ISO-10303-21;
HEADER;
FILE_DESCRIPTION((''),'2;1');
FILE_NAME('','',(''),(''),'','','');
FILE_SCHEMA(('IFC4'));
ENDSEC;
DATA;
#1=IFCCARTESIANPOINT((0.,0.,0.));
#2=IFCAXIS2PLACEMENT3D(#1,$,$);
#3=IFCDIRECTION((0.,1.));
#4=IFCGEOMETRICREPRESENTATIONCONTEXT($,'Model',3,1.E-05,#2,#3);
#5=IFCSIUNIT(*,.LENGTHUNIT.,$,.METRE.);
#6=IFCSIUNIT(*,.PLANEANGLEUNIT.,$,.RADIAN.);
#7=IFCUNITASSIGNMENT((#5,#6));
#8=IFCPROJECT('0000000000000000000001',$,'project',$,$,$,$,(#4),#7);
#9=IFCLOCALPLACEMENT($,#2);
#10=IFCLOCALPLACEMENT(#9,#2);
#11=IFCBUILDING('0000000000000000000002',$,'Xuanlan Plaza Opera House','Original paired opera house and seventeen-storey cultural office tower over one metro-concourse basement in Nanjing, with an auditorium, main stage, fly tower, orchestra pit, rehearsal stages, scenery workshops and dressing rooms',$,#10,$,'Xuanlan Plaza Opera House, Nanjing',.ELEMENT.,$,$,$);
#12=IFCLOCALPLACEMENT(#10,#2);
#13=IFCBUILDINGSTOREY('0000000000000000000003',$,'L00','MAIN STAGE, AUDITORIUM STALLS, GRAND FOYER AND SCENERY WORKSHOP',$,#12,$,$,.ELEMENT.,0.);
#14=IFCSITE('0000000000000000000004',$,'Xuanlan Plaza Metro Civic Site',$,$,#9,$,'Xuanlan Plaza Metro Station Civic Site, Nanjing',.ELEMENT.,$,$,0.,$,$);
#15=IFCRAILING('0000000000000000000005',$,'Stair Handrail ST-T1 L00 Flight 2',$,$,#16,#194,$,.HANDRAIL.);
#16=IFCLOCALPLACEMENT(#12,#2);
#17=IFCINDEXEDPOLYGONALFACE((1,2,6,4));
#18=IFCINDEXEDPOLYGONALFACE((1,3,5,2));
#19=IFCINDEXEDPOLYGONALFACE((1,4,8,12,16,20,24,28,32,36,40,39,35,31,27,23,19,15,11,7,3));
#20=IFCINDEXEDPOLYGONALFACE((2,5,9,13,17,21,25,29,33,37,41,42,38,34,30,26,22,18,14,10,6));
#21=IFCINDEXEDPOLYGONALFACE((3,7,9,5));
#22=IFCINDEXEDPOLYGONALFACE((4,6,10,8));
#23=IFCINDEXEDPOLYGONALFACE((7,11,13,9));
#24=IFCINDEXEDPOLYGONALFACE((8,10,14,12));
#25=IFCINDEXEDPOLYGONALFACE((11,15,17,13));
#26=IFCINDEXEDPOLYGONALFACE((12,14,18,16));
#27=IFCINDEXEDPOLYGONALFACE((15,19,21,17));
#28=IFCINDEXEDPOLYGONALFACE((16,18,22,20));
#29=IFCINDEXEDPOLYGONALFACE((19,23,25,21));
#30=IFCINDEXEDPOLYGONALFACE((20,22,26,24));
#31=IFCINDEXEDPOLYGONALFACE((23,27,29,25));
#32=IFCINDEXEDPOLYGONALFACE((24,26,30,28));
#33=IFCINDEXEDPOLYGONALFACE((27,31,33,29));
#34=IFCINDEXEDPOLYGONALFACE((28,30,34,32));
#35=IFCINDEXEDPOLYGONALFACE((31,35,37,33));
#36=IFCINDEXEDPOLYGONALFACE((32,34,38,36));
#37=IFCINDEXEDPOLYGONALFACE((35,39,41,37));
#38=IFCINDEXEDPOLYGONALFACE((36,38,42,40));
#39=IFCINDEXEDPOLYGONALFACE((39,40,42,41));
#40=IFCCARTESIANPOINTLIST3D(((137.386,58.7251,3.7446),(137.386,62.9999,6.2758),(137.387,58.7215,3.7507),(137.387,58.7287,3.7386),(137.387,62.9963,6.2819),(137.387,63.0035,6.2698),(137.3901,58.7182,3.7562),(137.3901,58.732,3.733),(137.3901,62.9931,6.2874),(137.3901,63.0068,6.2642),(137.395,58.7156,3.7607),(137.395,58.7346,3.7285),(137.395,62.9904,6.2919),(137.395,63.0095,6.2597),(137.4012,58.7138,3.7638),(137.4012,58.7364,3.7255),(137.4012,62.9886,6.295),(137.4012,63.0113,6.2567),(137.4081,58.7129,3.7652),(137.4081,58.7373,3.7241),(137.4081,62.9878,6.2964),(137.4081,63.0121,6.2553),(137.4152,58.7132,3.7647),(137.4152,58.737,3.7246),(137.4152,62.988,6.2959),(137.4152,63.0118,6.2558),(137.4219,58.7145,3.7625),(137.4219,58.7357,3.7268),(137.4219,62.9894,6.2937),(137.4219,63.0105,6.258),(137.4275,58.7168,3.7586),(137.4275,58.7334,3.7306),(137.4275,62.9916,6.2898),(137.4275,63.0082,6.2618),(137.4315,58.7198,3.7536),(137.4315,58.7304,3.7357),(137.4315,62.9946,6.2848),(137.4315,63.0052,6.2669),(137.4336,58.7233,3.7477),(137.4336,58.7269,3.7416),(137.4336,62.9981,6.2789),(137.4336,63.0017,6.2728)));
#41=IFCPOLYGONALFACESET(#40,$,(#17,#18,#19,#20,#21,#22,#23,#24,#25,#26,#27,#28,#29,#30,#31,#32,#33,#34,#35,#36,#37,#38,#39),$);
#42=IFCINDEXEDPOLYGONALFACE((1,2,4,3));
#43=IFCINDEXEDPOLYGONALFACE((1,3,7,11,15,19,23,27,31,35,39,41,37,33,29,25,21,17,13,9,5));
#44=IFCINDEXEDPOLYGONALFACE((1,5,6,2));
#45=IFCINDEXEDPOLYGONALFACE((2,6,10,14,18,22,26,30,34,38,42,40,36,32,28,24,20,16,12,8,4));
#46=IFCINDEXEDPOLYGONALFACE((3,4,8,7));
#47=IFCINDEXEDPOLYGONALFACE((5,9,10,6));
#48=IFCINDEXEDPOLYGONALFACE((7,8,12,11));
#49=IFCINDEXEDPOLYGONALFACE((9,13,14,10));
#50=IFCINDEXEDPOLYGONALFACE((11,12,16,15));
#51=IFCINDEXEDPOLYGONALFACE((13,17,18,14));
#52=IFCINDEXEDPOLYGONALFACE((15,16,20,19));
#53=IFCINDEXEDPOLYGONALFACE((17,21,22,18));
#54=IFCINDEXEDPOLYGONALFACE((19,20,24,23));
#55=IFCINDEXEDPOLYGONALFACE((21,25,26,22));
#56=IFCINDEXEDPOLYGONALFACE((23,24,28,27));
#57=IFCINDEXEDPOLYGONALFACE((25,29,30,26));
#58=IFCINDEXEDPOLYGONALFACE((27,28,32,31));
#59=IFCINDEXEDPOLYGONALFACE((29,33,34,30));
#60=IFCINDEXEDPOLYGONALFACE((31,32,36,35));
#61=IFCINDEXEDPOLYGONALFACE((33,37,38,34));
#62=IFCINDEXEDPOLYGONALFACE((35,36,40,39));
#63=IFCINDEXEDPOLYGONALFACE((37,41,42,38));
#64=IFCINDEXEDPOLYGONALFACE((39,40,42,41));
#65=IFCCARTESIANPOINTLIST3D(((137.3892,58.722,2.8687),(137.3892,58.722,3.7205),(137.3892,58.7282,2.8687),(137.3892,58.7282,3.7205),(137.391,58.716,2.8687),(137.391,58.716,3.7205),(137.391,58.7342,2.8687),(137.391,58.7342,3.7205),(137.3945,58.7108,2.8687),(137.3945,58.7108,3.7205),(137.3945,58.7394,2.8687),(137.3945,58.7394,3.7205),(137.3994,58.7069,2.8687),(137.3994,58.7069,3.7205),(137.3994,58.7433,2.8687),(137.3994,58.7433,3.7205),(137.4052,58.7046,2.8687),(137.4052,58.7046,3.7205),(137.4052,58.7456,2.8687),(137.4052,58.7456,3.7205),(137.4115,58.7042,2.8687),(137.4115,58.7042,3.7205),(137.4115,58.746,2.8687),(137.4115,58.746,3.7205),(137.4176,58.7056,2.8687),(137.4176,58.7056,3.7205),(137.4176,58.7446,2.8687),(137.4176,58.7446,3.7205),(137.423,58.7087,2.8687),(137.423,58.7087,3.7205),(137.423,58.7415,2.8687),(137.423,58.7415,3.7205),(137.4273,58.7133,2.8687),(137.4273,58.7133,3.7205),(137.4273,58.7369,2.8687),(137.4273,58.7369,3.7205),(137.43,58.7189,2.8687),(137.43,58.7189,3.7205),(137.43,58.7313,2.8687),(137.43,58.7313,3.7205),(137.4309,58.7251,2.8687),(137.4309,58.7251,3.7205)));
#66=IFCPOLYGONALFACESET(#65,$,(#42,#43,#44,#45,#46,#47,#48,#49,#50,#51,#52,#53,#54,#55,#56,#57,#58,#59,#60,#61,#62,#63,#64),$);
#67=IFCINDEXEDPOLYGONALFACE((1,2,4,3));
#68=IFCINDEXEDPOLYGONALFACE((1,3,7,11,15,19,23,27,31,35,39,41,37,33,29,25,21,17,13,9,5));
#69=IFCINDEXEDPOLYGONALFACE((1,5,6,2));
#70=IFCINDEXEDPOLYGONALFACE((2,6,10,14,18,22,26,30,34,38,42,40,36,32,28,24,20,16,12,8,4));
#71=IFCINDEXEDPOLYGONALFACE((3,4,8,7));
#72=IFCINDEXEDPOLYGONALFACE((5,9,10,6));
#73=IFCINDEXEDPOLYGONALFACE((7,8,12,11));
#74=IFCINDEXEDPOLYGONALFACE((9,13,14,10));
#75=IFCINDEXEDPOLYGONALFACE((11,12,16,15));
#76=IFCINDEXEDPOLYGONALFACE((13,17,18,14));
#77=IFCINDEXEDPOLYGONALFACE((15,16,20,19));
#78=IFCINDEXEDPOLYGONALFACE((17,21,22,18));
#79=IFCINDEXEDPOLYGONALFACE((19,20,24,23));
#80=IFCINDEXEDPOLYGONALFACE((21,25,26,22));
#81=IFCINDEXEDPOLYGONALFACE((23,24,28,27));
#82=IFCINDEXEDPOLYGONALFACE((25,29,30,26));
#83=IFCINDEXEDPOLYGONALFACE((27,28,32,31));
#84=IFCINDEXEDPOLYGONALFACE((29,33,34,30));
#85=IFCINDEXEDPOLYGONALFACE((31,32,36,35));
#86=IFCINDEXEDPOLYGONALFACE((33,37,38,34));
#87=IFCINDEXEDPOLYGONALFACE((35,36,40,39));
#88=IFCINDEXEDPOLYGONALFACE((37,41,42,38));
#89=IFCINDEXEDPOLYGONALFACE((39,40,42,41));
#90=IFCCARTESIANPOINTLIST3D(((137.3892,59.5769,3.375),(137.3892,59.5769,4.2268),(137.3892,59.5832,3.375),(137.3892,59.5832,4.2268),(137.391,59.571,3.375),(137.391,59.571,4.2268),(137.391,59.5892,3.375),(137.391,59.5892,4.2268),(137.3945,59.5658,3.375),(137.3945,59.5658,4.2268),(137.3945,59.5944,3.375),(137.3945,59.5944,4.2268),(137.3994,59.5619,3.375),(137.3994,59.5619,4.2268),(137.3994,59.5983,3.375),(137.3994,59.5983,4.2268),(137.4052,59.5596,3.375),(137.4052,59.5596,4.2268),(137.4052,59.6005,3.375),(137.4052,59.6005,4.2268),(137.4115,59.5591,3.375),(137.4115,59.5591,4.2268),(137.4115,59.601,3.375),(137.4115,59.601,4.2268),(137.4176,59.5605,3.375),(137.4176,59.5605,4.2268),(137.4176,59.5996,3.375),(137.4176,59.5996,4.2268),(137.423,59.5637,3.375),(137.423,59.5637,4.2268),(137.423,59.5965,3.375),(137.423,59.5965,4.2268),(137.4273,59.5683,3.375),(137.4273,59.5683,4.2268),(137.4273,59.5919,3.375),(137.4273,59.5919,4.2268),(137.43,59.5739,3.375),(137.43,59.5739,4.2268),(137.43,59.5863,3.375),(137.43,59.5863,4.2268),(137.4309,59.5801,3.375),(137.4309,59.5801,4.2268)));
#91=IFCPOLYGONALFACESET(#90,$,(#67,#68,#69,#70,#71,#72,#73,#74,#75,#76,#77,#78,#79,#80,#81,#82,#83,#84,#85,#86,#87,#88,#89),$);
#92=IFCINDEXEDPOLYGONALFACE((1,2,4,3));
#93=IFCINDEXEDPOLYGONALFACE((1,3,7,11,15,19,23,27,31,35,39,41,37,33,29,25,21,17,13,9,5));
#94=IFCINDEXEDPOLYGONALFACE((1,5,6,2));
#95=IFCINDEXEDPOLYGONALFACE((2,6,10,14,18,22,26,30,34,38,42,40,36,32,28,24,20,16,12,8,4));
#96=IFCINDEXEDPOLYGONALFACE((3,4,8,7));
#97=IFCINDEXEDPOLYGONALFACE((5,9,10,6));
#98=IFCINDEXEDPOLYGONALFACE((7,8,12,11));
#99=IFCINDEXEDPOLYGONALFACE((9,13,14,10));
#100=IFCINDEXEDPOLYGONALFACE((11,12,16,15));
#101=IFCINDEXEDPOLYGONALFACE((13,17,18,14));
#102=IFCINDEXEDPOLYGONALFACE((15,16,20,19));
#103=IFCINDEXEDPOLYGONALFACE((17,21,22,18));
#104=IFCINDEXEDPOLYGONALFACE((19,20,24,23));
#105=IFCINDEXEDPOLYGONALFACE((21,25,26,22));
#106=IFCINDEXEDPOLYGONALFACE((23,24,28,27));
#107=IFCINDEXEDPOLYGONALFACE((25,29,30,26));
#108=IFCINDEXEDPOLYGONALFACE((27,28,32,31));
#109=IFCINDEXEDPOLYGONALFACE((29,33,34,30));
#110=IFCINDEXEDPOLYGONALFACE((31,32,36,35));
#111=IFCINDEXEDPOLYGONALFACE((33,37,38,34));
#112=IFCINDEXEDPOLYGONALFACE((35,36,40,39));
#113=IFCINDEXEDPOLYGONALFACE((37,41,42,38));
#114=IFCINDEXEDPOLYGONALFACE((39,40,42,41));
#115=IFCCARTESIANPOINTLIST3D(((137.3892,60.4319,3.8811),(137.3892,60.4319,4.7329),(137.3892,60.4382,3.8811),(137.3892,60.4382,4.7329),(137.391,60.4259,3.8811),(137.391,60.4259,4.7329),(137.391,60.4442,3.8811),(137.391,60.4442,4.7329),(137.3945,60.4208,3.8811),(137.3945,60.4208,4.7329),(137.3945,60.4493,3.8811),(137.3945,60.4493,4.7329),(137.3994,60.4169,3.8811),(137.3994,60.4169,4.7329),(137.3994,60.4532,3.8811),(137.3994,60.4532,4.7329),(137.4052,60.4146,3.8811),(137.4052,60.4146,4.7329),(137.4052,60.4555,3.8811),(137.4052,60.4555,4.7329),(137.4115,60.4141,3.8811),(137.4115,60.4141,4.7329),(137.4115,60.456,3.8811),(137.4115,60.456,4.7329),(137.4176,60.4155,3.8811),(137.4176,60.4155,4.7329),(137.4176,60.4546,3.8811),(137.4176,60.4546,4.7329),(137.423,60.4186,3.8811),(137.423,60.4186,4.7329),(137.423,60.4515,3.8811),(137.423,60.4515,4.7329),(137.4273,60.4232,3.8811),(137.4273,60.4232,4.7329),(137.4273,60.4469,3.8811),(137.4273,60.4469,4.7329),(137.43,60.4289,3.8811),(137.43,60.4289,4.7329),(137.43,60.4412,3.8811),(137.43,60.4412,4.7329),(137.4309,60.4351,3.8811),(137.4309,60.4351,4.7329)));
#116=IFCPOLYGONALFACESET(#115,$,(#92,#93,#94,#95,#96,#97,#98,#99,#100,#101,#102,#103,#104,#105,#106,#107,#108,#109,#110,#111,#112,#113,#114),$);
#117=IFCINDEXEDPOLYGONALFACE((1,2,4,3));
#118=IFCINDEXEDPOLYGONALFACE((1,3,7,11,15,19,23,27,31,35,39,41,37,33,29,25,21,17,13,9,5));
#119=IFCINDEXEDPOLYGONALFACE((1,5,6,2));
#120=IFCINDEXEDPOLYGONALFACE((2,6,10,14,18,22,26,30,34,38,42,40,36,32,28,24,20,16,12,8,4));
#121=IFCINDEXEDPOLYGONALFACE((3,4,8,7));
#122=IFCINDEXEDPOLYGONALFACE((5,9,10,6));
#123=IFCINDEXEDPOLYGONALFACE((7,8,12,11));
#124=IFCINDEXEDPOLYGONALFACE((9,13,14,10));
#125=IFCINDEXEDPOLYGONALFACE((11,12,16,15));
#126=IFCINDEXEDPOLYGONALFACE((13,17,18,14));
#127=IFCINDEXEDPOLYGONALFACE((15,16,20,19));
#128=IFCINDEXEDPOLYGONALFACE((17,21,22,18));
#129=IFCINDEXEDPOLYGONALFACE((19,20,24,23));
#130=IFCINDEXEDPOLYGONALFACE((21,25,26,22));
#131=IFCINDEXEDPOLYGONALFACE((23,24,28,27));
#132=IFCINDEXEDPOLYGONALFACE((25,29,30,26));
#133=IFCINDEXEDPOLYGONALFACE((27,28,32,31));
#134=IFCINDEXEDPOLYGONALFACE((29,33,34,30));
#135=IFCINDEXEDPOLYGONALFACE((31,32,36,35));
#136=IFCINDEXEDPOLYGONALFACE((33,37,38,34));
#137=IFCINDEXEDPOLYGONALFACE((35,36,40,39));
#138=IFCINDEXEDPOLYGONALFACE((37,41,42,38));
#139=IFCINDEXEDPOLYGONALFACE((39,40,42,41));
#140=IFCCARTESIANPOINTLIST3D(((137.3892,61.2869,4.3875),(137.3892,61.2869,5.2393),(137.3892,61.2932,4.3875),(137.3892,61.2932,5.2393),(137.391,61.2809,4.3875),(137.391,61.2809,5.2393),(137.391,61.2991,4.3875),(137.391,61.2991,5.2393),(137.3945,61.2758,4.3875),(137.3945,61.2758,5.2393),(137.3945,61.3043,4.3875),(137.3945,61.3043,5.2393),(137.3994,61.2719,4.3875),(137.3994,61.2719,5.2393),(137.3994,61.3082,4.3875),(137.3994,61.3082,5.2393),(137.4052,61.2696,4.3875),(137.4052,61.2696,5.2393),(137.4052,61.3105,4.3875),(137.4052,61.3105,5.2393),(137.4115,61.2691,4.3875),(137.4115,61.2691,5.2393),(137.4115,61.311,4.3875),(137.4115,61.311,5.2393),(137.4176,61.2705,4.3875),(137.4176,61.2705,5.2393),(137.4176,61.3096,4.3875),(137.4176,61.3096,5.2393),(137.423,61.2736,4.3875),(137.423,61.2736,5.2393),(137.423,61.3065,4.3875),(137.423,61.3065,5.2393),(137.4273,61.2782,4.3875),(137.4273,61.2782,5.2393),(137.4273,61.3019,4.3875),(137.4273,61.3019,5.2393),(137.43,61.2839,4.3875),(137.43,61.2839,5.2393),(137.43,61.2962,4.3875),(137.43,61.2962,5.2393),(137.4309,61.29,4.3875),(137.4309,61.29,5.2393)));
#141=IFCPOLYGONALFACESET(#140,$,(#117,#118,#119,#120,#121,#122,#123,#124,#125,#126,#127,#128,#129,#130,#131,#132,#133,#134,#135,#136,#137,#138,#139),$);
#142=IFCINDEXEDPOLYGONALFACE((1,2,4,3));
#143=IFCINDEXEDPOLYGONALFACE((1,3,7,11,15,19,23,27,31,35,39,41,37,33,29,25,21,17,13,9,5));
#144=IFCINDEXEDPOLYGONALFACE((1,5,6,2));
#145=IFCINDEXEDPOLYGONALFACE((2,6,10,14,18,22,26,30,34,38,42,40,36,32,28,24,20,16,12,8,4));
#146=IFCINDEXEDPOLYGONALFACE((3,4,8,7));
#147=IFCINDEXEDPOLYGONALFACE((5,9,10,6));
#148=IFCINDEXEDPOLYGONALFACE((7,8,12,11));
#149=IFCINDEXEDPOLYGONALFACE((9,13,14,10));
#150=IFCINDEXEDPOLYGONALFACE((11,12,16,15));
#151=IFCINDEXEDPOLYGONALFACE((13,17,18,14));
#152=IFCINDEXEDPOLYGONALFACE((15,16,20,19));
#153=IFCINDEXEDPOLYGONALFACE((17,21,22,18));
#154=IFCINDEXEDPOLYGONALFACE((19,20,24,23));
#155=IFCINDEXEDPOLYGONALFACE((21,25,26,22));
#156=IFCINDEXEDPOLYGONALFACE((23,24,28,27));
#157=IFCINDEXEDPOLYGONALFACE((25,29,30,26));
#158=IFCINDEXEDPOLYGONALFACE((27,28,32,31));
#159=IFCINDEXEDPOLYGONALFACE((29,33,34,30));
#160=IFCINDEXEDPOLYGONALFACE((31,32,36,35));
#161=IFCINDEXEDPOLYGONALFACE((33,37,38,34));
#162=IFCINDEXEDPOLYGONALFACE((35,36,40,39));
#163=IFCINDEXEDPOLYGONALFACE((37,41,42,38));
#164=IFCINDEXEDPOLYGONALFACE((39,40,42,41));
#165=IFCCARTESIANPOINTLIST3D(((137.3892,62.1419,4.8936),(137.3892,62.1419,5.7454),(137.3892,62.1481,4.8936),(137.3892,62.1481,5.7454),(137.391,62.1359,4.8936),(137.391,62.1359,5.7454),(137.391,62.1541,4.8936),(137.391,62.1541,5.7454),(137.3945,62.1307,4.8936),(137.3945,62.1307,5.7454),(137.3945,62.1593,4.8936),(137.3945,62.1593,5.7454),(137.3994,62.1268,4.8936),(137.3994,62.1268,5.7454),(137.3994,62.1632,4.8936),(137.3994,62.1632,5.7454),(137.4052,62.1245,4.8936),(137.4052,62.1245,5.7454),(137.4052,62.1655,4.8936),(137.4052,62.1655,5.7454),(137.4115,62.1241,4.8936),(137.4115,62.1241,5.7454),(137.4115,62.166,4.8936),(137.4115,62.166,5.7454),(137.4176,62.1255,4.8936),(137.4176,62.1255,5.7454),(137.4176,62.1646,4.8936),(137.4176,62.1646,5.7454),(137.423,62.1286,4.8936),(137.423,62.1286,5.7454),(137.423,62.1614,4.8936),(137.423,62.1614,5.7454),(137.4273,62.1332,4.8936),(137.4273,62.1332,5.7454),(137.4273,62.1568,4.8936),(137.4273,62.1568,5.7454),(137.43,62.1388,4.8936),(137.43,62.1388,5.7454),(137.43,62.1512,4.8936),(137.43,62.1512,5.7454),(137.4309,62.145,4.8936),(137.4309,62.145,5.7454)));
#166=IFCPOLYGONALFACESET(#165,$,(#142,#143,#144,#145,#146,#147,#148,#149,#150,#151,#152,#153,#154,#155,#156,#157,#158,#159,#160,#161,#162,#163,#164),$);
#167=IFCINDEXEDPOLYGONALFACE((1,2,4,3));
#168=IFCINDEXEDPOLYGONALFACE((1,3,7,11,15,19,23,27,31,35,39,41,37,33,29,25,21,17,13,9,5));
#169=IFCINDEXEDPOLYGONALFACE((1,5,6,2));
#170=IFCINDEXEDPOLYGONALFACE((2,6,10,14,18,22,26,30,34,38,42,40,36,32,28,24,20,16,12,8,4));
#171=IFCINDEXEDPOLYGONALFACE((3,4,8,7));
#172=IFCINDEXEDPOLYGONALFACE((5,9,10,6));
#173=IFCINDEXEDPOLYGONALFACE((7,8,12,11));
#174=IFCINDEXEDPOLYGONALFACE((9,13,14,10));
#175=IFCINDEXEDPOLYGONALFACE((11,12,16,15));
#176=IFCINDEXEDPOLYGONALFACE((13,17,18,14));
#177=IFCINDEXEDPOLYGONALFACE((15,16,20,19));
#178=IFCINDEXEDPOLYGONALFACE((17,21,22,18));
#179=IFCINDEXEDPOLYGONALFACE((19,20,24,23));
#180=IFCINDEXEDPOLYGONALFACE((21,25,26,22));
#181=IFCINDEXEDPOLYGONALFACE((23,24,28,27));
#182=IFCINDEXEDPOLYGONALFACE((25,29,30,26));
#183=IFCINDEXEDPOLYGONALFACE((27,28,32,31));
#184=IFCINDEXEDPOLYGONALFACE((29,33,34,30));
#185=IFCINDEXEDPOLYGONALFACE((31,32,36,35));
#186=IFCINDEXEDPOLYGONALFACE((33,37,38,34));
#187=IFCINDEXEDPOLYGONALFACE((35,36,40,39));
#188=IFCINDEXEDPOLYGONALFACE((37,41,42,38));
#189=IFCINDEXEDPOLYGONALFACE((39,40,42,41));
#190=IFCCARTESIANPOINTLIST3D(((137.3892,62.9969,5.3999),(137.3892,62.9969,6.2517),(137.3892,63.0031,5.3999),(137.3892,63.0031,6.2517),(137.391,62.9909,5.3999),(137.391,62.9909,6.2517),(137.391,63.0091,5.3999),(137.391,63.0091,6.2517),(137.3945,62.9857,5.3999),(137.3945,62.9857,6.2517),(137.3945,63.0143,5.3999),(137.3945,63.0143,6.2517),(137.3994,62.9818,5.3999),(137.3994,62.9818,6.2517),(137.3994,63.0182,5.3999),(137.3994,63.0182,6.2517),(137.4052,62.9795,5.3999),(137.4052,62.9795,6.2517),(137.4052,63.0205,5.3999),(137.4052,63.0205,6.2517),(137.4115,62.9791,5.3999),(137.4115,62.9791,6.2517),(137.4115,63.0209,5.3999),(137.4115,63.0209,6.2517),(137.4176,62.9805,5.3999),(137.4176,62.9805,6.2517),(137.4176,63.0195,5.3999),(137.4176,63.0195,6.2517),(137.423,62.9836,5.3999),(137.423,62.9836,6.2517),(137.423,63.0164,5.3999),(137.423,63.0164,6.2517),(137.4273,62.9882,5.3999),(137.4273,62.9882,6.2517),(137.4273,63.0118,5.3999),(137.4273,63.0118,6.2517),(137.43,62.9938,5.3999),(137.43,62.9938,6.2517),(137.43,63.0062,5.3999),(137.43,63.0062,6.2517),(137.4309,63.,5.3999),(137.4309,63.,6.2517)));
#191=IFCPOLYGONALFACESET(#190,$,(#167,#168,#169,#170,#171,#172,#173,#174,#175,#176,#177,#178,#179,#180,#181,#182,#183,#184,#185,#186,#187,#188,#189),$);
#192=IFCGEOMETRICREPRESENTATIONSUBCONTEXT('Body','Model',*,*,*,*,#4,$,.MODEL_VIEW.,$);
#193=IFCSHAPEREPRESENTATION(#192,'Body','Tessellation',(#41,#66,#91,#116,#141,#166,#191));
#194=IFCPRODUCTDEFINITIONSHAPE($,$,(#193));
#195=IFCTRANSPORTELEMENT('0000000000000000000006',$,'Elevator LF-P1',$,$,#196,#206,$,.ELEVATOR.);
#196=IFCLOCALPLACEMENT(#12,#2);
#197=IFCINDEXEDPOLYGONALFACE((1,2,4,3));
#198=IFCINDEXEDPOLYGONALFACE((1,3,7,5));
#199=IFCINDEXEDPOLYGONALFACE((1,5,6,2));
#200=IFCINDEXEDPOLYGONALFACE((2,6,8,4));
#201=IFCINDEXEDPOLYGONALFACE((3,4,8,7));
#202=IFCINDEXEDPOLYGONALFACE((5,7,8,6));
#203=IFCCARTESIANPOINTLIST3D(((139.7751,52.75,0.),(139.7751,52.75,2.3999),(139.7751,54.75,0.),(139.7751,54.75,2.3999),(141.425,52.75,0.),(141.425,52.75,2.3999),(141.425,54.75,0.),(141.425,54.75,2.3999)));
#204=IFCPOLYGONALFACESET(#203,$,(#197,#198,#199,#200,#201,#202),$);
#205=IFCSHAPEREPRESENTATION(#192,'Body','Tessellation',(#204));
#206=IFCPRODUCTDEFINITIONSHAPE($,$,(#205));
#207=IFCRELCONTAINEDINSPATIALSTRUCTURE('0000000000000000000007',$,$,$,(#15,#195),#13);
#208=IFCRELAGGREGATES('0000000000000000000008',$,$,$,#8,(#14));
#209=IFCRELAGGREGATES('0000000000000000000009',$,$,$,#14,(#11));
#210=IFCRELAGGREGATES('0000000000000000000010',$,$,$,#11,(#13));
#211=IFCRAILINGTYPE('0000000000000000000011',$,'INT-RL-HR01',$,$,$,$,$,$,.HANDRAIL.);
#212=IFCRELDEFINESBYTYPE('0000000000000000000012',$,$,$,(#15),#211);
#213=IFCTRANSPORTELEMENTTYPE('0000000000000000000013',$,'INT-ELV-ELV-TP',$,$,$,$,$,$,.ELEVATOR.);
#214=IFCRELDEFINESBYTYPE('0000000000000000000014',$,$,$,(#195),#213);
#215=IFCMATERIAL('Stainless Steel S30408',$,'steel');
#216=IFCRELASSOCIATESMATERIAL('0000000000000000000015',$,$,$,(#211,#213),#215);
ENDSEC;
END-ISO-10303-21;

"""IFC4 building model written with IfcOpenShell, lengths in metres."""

from ifc_helpers import new_model, si_unit, direction, frame, origin, origin_2d, place, context, subcontext, project, spatial, rectangle, circle, extrude, material, type_object, element, save


model = new_model("IFC4")

# Units and contexts
model_context = context("Model", 3, precision=1e-05, world=origin(), true_north=direction((0.0, 1.0)))
body_context = subcontext(model_context, "Body", "Model", "MODEL_VIEW")
ifc_project = project(units=[si_unit("LENGTHUNIT", "METRE"), si_unit("PLANEANGLEUNIT", "RADIAN")], contexts=[model_context])

# Site, building, storey
site_placement = place(None, origin())
site = spatial("IfcSite", under=ifc_project, at=site_placement, Name="Xuanlan Plaza Metro Civic Site", LongName="Xuanlan Plaza Metro Station Civic Site, Nanjing", CompositionType="ELEMENT", RefElevation=0.0)
building_placement = place(site_placement, origin())
building = spatial("IfcBuilding", under=site, at=building_placement, Name="Xuanlan Plaza Opera House", Description="Original paired opera house and seventeen-storey cultural office tower over one metro-concourse basement in Nanjing, with an auditorium, main stage, fly tower, orchestra pit, rehearsal stages, scenery workshops and dressing rooms", LongName="Xuanlan Plaza Opera House, Nanjing", CompositionType="ELEMENT")
storey_placement = place(building_placement, origin())
storey = spatial("IfcBuildingStorey", under=building, at=storey_placement, Name="L00", Description="MAIN STAGE, AUDITORIUM STALLS, GRAND FOYER AND SCENERY WORKSHOP", CompositionType="ELEMENT", Elevation=0.0)

# Shared definitions
ifc_material_1 = material(Name="Stainless Steel S30408", Category="steel")

# Railing
railing_type = type_object("IfcRailingType", Name="INT-RL-HR01", PredefinedType="HANDRAIL", material=ifc_material_1)
for number, where, name in (
    (1, (137.4099, 58.7251, 2.8687), "Stair Handrail ST-T1 L00 Flight 2"),
):
    element("IfcRailing", number, at=place(storey_placement, frame(where)), inside=storey, type_object=railing_type, Name=name, PredefinedType="HANDRAIL", context=body_context, shape_type="SweptSolid", body=[
        extrude(circle(Radius=0.0239, at=origin_2d()), frame((0.0, 0.0, 0.876), z_axis=(0.0, 0.86047, 0.509501), x_axis=(-1.0, 0.0, 0.0)), (0.0, 0.0, 1.0), 4.968),
        extrude(circle(Radius=0.021, at=origin_2d()), origin(), (0.0, 0.0, 1.0), 0.8518),
        extrude(circle(Radius=0.021, at=origin_2d()), frame((0.0, 0.855, 0.5063)), (0.0, 0.0, 1.0), 0.8518),
        extrude(circle(Radius=0.021, at=origin_2d()), frame((0.0, 1.71, 1.0125)), (0.0, 0.0, 1.0), 0.8518),
        extrude(circle(Radius=0.021, at=origin_2d()), frame((0.0, 2.5649, 1.5188)), (0.0, 0.0, 1.0), 0.8518),
        extrude(circle(Radius=0.021, at=origin_2d()), frame((0.0, 3.4199, 2.0249)), (0.0, 0.0, 1.0), 0.8518),
        extrude(circle(Radius=0.021, at=origin_2d()), frame((0.0, 4.2749, 2.5312)), (0.0, 0.0, 1.0), 0.8518),
    ])

# Transport element
transport_element_type = type_object("IfcTransportElementType", Name="INT-ELV-ELV-TP", PredefinedType="ELEVATOR", material=ifc_material_1)
transport_element_placement = place(storey_placement, frame((140.6001, 53.75, 0.0)))
element("IfcTransportElement", 2, at=transport_element_placement, inside=storey, type_object=transport_element_type, Name="Elevator LF-P1", PredefinedType="ELEVATOR", context=body_context, shape_type="SweptSolid", body=[
    extrude(rectangle(XDim=1.6499, YDim=2.0, at=origin_2d()), origin(), (0.0, 0.0, 1.0), 2.3999),
])

save(model, "model.ifc")
